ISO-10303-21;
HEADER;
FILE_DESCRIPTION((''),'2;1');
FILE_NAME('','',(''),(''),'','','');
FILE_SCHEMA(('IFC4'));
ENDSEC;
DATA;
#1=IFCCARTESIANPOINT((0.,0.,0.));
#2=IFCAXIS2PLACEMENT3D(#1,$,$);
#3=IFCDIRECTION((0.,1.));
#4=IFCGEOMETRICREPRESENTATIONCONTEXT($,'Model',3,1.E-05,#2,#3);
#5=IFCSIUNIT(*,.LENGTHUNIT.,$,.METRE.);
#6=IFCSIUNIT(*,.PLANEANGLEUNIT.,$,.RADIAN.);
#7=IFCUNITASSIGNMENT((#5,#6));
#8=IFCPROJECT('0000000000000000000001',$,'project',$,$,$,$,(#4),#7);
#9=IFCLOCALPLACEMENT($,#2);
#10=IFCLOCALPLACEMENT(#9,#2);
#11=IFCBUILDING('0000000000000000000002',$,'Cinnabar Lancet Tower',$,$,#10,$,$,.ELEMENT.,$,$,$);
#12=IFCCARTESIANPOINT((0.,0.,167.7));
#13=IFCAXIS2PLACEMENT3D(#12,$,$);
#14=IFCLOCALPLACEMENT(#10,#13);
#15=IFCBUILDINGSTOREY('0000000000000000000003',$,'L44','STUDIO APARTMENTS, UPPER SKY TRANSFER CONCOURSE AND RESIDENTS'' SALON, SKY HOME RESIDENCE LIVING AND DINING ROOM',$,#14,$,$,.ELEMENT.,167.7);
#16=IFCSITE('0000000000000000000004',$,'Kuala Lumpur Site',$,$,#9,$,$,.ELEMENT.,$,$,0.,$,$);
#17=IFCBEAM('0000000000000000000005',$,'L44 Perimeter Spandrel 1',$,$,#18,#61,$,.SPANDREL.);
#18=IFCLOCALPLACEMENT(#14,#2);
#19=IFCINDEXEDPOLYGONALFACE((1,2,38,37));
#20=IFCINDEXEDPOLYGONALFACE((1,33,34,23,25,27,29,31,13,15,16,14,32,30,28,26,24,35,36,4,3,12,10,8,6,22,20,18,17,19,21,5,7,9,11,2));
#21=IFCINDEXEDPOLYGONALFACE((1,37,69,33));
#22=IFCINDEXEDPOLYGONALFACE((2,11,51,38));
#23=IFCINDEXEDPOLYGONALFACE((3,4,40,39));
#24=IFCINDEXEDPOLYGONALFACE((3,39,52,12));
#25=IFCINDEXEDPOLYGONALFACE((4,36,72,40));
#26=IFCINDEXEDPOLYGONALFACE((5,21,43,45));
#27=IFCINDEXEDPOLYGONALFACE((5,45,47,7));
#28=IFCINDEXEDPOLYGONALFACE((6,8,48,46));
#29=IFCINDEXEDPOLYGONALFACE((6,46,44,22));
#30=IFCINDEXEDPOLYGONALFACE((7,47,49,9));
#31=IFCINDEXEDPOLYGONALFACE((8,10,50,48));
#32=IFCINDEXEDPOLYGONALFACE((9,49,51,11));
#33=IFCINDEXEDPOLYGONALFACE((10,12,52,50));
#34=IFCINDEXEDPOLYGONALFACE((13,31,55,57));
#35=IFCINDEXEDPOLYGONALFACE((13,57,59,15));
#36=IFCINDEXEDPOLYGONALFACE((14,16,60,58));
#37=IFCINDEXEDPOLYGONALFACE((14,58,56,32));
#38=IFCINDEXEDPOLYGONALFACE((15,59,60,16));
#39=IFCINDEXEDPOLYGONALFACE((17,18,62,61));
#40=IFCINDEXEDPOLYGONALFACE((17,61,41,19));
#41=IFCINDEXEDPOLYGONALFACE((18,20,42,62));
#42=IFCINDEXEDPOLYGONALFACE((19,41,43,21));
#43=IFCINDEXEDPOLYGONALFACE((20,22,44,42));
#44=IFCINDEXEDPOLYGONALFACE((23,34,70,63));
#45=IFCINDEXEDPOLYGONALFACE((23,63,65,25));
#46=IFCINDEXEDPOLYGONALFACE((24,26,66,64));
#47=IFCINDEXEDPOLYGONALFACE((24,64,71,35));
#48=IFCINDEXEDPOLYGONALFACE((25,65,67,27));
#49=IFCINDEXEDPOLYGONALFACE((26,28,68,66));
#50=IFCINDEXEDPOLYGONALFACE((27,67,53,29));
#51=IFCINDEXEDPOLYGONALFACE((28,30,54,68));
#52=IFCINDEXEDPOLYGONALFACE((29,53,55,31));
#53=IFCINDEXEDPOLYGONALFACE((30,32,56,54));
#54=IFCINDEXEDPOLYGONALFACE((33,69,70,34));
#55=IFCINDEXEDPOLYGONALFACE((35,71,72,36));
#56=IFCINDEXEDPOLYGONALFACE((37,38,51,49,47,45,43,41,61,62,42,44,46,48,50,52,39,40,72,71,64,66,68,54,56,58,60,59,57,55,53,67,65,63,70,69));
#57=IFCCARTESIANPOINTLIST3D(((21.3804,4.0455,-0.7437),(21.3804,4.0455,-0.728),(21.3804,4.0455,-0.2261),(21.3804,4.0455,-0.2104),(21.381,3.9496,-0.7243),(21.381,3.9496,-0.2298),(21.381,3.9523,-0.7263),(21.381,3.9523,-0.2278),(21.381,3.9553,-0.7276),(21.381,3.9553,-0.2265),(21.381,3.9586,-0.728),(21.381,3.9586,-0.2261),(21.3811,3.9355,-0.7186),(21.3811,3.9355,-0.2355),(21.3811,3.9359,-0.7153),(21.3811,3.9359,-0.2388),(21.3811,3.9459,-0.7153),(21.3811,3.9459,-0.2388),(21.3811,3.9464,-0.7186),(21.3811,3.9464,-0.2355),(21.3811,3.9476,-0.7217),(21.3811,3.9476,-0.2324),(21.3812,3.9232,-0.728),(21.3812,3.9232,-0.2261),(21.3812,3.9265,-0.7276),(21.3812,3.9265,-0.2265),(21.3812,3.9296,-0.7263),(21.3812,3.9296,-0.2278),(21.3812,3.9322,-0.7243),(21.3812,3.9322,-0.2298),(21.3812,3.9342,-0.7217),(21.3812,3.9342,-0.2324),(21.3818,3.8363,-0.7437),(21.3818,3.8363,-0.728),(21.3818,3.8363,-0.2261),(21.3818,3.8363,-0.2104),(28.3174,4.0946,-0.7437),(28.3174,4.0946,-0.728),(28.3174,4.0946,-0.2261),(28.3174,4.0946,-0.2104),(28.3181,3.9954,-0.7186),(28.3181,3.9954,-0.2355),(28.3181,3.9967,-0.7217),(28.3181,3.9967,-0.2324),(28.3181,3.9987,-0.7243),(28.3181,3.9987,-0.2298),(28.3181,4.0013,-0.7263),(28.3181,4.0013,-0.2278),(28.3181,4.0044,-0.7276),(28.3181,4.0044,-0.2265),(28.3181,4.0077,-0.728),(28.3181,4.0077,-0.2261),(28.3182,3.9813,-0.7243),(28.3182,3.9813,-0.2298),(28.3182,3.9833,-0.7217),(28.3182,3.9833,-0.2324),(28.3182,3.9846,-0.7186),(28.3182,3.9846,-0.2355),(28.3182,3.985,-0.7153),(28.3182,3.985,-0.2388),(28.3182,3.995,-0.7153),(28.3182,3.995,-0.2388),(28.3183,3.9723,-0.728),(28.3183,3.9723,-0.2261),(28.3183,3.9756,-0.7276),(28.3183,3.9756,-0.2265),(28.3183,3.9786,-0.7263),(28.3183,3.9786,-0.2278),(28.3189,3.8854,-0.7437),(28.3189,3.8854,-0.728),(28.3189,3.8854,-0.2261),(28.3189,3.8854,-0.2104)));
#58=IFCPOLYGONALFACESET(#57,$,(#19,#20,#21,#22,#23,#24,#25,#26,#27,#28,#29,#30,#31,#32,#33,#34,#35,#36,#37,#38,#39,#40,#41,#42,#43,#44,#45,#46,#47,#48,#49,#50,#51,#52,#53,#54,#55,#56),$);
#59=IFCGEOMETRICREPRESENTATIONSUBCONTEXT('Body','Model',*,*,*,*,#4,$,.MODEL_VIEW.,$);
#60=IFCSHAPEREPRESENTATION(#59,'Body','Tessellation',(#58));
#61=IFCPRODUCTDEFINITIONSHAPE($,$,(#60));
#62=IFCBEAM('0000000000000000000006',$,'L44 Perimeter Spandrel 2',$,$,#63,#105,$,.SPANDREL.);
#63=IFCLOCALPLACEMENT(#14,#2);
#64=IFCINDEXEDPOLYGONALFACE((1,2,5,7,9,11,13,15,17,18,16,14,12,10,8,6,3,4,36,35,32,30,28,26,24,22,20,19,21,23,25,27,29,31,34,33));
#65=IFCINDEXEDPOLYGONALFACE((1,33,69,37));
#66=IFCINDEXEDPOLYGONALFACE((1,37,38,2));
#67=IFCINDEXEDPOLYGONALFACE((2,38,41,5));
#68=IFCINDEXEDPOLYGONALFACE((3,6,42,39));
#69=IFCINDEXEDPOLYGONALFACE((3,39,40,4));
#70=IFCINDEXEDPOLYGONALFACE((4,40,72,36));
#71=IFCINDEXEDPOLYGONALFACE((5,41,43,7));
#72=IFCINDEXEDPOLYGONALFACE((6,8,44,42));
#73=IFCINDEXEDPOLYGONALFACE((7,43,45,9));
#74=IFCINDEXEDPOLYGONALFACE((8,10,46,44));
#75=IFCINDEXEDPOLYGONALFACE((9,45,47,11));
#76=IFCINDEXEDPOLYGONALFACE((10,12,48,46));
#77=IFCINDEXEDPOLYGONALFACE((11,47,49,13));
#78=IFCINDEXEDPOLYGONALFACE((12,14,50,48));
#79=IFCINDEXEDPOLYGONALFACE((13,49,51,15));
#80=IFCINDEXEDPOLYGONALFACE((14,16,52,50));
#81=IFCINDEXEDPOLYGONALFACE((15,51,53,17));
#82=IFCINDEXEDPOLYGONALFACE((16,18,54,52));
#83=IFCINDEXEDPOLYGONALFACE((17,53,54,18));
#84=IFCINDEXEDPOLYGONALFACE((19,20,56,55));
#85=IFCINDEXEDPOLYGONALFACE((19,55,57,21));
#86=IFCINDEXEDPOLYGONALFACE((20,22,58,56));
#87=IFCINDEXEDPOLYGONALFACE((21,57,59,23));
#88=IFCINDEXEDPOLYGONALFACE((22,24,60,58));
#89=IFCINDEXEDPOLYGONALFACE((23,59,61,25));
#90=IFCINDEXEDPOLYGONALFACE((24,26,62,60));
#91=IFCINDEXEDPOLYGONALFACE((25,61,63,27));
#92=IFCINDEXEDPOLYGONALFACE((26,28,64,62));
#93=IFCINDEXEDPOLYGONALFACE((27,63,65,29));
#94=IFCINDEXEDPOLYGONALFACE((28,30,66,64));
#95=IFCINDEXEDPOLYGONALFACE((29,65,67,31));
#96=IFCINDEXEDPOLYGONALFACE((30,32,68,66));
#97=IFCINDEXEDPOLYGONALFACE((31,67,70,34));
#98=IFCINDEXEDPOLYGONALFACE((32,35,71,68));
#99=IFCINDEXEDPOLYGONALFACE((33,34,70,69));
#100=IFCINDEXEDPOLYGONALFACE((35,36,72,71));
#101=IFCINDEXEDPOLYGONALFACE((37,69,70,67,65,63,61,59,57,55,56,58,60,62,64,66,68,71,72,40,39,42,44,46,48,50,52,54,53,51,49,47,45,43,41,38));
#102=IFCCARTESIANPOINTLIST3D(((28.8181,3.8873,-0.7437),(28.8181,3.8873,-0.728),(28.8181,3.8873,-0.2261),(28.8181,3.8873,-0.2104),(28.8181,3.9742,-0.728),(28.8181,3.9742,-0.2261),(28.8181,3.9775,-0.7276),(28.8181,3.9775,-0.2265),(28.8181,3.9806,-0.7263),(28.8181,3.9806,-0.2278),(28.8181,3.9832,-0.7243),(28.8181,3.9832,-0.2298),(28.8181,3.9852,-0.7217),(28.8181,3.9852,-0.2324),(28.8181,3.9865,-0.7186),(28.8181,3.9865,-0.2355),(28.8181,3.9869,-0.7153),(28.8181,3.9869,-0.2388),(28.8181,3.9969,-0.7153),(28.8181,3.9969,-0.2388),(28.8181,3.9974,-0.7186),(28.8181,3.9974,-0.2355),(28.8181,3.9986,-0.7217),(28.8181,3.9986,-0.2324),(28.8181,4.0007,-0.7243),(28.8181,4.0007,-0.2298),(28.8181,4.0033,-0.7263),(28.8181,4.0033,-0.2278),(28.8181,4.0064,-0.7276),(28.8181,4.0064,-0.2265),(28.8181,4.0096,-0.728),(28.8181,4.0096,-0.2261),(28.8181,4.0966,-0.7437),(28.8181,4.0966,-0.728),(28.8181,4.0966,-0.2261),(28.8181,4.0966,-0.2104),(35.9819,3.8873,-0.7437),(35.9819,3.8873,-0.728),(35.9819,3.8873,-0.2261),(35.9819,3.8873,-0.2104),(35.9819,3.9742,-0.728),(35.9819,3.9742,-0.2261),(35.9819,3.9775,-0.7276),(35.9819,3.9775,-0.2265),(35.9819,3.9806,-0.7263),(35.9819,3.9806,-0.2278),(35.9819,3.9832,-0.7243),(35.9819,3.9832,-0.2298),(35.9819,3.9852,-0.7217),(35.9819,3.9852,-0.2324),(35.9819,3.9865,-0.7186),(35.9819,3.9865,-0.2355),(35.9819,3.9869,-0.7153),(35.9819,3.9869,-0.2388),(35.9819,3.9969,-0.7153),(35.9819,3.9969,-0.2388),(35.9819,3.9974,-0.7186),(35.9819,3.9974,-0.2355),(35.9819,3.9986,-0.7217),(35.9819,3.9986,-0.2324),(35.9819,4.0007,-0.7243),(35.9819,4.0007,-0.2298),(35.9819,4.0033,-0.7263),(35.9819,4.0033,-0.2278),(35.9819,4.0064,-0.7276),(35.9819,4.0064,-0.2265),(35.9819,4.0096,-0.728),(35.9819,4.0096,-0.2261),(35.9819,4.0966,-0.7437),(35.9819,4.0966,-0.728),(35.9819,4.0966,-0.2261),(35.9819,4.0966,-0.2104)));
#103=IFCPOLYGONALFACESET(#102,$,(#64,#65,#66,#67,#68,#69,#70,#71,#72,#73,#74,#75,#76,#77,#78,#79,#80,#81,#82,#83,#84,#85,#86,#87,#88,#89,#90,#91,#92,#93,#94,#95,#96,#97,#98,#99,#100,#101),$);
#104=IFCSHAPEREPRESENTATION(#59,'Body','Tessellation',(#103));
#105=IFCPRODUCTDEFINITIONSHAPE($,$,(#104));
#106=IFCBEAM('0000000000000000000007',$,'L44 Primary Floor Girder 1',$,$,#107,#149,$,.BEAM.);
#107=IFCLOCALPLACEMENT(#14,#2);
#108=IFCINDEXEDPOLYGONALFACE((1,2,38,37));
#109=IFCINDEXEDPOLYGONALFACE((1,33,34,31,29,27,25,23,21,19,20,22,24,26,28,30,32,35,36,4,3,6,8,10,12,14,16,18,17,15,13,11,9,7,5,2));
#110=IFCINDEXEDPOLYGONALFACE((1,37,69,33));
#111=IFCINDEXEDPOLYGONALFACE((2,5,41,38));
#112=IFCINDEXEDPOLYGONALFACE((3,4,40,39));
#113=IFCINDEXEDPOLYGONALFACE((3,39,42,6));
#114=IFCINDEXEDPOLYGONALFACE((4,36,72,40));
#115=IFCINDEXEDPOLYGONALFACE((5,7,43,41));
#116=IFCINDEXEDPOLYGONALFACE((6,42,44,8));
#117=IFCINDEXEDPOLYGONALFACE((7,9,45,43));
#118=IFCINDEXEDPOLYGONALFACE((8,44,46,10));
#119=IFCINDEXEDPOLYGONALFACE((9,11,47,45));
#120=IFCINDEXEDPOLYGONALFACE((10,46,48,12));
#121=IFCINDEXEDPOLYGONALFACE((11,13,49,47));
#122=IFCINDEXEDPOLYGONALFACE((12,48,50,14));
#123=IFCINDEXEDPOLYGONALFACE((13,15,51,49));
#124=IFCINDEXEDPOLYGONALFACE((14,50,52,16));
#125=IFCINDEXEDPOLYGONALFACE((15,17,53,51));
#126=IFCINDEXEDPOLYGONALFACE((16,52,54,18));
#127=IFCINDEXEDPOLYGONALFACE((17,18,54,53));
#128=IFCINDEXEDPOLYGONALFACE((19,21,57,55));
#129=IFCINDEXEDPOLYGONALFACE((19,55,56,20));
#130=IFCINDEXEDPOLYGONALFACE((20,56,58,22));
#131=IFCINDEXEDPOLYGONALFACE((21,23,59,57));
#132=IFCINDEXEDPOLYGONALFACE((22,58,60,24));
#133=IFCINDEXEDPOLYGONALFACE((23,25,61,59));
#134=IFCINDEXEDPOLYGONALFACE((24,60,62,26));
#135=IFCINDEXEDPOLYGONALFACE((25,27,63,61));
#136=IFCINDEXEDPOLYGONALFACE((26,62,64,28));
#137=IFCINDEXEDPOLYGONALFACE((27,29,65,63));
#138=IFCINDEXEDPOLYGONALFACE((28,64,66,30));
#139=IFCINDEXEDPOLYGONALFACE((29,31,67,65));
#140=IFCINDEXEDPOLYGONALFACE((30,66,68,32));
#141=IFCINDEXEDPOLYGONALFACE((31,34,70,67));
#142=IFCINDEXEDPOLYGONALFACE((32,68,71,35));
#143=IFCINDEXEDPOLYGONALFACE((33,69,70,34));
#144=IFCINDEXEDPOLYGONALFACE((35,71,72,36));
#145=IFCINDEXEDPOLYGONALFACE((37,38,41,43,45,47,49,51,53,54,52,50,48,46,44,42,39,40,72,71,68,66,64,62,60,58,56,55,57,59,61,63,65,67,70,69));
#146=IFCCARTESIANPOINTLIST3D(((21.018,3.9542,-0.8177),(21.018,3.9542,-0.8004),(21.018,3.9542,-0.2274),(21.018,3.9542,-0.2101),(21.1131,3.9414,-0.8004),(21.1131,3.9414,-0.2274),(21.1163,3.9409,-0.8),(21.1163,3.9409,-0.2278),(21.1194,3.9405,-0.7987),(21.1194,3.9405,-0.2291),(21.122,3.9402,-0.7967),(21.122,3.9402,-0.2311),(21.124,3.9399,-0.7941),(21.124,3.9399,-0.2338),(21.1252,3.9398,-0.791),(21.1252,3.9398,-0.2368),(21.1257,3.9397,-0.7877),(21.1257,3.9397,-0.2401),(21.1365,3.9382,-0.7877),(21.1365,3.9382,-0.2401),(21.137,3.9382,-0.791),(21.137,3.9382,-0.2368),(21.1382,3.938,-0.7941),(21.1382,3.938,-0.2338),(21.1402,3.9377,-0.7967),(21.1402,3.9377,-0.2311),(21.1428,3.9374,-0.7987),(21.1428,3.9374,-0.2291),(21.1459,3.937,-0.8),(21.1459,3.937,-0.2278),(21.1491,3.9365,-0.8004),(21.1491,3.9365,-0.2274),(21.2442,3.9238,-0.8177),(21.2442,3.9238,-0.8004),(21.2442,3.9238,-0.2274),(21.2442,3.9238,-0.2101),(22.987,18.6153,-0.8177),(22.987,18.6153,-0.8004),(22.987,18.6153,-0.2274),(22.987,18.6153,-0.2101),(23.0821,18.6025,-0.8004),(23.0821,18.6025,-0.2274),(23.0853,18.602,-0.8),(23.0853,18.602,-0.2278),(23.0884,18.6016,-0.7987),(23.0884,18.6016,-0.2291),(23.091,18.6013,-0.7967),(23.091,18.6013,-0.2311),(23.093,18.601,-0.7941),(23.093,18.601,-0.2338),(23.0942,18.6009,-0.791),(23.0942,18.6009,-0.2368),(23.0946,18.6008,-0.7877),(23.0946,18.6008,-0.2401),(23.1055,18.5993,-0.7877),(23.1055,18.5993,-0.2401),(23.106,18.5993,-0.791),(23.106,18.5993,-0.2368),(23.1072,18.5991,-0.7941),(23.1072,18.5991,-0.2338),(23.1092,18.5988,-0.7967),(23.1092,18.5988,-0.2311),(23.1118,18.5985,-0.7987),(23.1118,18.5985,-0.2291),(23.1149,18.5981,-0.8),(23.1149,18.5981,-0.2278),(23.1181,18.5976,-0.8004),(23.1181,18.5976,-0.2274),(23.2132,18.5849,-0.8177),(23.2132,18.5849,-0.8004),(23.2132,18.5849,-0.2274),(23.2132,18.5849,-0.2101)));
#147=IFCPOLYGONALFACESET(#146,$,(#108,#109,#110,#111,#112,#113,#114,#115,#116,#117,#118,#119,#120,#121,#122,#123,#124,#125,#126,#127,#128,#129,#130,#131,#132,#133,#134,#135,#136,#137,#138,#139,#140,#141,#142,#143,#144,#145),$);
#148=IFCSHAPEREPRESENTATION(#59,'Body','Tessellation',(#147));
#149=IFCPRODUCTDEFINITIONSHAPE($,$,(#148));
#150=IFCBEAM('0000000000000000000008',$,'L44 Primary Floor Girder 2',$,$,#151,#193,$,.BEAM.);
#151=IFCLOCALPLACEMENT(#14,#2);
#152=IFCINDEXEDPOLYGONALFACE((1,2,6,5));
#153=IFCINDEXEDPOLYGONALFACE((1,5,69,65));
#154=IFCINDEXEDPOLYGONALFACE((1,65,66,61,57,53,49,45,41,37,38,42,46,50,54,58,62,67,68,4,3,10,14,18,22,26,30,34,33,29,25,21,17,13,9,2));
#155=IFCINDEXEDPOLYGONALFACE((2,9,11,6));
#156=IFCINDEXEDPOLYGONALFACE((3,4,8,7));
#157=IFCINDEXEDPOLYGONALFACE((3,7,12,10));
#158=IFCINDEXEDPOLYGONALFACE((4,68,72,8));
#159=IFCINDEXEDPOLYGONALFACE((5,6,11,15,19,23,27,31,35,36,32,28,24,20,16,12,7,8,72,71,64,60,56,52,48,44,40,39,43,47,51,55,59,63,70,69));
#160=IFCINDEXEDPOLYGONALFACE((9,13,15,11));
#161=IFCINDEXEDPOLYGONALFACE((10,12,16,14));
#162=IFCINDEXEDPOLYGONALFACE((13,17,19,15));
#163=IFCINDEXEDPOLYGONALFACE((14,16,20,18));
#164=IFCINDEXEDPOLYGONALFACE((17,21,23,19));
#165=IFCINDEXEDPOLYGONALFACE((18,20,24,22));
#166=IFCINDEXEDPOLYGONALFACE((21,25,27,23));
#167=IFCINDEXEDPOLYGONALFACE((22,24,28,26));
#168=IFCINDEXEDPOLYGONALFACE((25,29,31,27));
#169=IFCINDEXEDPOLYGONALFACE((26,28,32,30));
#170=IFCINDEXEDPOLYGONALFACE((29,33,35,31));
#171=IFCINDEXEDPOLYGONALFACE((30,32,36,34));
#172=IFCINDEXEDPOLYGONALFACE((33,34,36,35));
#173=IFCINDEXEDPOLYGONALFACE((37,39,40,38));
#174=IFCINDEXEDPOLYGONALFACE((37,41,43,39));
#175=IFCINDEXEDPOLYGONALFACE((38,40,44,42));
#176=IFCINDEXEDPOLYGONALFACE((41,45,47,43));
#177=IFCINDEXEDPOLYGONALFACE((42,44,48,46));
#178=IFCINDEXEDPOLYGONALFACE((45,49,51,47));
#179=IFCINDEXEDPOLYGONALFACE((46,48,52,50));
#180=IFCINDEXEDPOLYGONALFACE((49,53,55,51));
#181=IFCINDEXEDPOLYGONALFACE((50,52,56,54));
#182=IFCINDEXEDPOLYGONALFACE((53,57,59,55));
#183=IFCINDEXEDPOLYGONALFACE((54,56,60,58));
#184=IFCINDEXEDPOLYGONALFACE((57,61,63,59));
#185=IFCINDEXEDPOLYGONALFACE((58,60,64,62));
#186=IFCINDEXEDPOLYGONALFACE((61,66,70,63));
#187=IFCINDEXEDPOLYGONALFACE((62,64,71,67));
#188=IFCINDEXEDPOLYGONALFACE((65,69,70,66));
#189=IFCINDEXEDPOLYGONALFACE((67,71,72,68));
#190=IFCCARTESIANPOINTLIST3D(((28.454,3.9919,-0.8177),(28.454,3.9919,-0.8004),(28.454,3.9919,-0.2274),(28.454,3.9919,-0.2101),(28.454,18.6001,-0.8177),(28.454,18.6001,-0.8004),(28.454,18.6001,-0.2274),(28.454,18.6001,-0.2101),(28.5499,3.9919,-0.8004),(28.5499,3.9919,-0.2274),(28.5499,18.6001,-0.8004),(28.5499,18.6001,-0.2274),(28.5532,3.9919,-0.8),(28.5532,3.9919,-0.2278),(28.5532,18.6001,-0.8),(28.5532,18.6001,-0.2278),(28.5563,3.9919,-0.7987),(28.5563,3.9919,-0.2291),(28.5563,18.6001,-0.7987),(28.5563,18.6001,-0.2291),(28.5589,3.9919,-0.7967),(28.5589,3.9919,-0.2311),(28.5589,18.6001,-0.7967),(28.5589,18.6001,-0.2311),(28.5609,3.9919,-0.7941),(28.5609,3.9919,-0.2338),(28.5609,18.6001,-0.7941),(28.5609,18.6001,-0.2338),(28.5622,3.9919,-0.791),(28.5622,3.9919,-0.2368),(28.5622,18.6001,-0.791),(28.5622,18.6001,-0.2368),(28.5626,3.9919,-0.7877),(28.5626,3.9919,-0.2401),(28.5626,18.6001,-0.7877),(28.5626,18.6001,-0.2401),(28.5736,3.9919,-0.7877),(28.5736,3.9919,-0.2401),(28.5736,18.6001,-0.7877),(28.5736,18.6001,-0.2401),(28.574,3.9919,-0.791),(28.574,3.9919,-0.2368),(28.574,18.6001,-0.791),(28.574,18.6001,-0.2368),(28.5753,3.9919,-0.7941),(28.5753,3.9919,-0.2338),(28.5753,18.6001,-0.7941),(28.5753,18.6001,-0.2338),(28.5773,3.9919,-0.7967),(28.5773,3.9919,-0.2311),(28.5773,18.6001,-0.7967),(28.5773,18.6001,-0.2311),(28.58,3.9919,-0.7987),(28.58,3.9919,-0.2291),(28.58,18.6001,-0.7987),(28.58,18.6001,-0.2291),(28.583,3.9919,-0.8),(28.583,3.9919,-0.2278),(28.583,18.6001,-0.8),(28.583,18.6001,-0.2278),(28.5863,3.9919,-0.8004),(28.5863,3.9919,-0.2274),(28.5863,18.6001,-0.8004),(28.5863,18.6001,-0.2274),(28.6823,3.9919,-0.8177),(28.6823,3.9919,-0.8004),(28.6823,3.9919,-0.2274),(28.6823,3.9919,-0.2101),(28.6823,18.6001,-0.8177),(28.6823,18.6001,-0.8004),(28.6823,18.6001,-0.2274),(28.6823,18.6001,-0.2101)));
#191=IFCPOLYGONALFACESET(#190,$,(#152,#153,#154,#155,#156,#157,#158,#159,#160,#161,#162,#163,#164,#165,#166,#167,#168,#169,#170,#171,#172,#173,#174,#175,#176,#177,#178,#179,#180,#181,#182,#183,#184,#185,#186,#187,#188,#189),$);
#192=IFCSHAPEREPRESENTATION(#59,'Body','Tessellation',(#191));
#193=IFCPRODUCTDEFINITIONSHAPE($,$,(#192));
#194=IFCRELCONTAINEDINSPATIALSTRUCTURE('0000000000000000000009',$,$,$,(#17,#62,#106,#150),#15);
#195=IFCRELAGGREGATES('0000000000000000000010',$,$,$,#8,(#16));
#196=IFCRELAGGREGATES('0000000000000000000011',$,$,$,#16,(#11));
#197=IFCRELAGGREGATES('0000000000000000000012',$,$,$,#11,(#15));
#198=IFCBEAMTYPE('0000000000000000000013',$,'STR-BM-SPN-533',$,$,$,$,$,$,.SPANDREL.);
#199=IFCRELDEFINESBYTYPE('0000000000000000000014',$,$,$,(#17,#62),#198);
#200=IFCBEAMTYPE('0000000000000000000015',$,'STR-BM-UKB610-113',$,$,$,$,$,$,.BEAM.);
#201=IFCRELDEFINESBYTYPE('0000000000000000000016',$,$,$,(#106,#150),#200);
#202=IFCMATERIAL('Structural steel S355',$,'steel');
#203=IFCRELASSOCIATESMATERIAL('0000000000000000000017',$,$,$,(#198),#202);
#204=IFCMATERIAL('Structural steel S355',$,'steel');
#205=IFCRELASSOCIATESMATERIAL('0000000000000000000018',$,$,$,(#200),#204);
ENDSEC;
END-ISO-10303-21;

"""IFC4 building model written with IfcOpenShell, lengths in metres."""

from ifc_helpers import new_model, si_unit, direction, frame, origin, origin_2d, place, context, subcontext, project, spatial, i_section, extrude, material, material_profile, profile_set, type_object, element, save


model = new_model("IFC4")

# Units and contexts
model_context = context("Model", 3, precision=1e-05, world=origin(), true_north=direction((0.0, 1.0)))
body_context = subcontext(model_context, "Body", "Model", "MODEL_VIEW")
ifc_project = project(units=[si_unit("LENGTHUNIT", "METRE"), si_unit("PLANEANGLEUNIT", "RADIAN")], contexts=[model_context])

# Site, building, storey
site_placement = place(None, origin())
site = spatial("IfcSite", under=ifc_project, at=site_placement, Name="Kuala Lumpur Site", CompositionType="ELEMENT", RefElevation=0.0)
building_placement = place(site_placement, origin())
building = spatial("IfcBuilding", under=site, at=building_placement, Name="Cinnabar Lancet Tower", CompositionType="ELEMENT")
storey_placement = place(building_placement, frame((0.0, 0.0, 167.7)))
storey = spatial("IfcBuildingStorey", under=building, at=storey_placement, Name="L44", Description="STUDIO APARTMENTS, UPPER SKY TRANSFER CONCOURSE AND RESIDENTS' SALON, SKY HOME RESIDENCE LIVING AND DINING ROOM", CompositionType="ELEMENT", Elevation=167.7)

# Beams
ifc_material_1 = material(Name="Structural steel S355", Category="steel")
ifc_material_profile_1 = material_profile(ifc_material_1, i_section(OverallWidth=0.2092, OverallDepth=0.5332, WebThickness=0.01, FlangeThickness=0.0156, FilletRadius=0.0127, at=origin_2d()), Name="UKB 533x210x92")
ifc_profile_set_1 = profile_set([ifc_material_profile_1], Name="Structural steel S355")
beam_type_1 = type_object("IfcBeamType", Name="STR-BM-SPN-533", PredefinedType="SPANDREL", material=ifc_profile_set_1)
beam_1_placement = place(storey_placement, frame((21.3811, 3.9409, -0.4771), z_axis=(0.999975, 0.007074, 0.0), x_axis=(-0.007074, 0.999975, 0.0)))
element("IfcBeam", 1, at=beam_1_placement, inside=storey, type_object=beam_type_1, Name="L44 Perimeter Spandrel 1", PredefinedType="SPANDREL", context=body_context, shape_type="SweptSolid", body=[
    extrude(i_section(OverallWidth=0.2092, OverallDepth=0.5332, WebThickness=0.01, FlangeThickness=0.0156, FilletRadius=0.0127, at=origin_2d()), origin(), (0.0, 0.0, 1.0), 6.9373),
])
beam_2_placement = place(storey_placement, frame((28.8181, 3.9919, -0.4771), z_axis=(1.0, 0.0, 0.0), x_axis=(0.0, 1.0, 0.0)))
element("IfcBeam", 2, at=beam_2_placement, inside=storey, type_object=beam_type_1, Name="L44 Perimeter Spandrel 2", PredefinedType="SPANDREL", context=body_context, shape_type="SweptSolid", body=[
    extrude(i_section(OverallWidth=0.2092, OverallDepth=0.5332, WebThickness=0.01, FlangeThickness=0.0156, FilletRadius=0.0127, at=origin_2d()), origin(), (0.0, 0.0, 1.0), 7.1638),
])
ifc_material_2 = material(Name="Structural steel S355", Category="steel")
ifc_material_profile_2 = material_profile(ifc_material_2, i_section(OverallWidth=0.2283, OverallDepth=0.6077, WebThickness=0.011, FlangeThickness=0.0173, FilletRadius=0.0127, at=origin_2d()), Name="UKB 610x229x113")
ifc_profile_set_2 = profile_set([ifc_material_profile_2], Name="Structural steel S355")
beam_type_2 = type_object("IfcBeamType", Name="STR-BM-UKB610-113", PredefinedType="BEAM", material=ifc_profile_set_2)
beam_3_placement = place(storey_placement, frame((21.1311, 3.939, -0.5139), z_axis=(0.133105, 0.991102, 0.0), x_axis=(-0.991102, 0.133105, 0.0)))
element("IfcBeam", 3, at=beam_3_placement, inside=storey, type_object=beam_type_2, Name="L44 Primary Floor Girder 1", PredefinedType="BEAM", context=body_context, shape_type="SweptSolid", body=[
    extrude(i_section(OverallWidth=0.2283, OverallDepth=0.6077, WebThickness=0.011, FlangeThickness=0.0173, FilletRadius=0.0127, at=origin_2d()), origin(), (0.0, 0.0, 1.0), 14.7927),
])
beam_4_placement = place(storey_placement, frame((28.5681, 3.9919, -0.5139), z_axis=(0.0, 1.0, 0.0), x_axis=(-1.0, 0.0, 0.0)))
element("IfcBeam", 4, at=beam_4_placement, inside=storey, type_object=beam_type_2, Name="L44 Primary Floor Girder 2", PredefinedType="BEAM", context=body_context, shape_type="SweptSolid", body=[
    extrude(i_section(OverallWidth=0.2283, OverallDepth=0.6077, WebThickness=0.011, FlangeThickness=0.0173, FilletRadius=0.0127, at=origin_2d()), origin(), (0.0, 0.0, 1.0), 14.6082),
])

save(model, "model.ifc")
